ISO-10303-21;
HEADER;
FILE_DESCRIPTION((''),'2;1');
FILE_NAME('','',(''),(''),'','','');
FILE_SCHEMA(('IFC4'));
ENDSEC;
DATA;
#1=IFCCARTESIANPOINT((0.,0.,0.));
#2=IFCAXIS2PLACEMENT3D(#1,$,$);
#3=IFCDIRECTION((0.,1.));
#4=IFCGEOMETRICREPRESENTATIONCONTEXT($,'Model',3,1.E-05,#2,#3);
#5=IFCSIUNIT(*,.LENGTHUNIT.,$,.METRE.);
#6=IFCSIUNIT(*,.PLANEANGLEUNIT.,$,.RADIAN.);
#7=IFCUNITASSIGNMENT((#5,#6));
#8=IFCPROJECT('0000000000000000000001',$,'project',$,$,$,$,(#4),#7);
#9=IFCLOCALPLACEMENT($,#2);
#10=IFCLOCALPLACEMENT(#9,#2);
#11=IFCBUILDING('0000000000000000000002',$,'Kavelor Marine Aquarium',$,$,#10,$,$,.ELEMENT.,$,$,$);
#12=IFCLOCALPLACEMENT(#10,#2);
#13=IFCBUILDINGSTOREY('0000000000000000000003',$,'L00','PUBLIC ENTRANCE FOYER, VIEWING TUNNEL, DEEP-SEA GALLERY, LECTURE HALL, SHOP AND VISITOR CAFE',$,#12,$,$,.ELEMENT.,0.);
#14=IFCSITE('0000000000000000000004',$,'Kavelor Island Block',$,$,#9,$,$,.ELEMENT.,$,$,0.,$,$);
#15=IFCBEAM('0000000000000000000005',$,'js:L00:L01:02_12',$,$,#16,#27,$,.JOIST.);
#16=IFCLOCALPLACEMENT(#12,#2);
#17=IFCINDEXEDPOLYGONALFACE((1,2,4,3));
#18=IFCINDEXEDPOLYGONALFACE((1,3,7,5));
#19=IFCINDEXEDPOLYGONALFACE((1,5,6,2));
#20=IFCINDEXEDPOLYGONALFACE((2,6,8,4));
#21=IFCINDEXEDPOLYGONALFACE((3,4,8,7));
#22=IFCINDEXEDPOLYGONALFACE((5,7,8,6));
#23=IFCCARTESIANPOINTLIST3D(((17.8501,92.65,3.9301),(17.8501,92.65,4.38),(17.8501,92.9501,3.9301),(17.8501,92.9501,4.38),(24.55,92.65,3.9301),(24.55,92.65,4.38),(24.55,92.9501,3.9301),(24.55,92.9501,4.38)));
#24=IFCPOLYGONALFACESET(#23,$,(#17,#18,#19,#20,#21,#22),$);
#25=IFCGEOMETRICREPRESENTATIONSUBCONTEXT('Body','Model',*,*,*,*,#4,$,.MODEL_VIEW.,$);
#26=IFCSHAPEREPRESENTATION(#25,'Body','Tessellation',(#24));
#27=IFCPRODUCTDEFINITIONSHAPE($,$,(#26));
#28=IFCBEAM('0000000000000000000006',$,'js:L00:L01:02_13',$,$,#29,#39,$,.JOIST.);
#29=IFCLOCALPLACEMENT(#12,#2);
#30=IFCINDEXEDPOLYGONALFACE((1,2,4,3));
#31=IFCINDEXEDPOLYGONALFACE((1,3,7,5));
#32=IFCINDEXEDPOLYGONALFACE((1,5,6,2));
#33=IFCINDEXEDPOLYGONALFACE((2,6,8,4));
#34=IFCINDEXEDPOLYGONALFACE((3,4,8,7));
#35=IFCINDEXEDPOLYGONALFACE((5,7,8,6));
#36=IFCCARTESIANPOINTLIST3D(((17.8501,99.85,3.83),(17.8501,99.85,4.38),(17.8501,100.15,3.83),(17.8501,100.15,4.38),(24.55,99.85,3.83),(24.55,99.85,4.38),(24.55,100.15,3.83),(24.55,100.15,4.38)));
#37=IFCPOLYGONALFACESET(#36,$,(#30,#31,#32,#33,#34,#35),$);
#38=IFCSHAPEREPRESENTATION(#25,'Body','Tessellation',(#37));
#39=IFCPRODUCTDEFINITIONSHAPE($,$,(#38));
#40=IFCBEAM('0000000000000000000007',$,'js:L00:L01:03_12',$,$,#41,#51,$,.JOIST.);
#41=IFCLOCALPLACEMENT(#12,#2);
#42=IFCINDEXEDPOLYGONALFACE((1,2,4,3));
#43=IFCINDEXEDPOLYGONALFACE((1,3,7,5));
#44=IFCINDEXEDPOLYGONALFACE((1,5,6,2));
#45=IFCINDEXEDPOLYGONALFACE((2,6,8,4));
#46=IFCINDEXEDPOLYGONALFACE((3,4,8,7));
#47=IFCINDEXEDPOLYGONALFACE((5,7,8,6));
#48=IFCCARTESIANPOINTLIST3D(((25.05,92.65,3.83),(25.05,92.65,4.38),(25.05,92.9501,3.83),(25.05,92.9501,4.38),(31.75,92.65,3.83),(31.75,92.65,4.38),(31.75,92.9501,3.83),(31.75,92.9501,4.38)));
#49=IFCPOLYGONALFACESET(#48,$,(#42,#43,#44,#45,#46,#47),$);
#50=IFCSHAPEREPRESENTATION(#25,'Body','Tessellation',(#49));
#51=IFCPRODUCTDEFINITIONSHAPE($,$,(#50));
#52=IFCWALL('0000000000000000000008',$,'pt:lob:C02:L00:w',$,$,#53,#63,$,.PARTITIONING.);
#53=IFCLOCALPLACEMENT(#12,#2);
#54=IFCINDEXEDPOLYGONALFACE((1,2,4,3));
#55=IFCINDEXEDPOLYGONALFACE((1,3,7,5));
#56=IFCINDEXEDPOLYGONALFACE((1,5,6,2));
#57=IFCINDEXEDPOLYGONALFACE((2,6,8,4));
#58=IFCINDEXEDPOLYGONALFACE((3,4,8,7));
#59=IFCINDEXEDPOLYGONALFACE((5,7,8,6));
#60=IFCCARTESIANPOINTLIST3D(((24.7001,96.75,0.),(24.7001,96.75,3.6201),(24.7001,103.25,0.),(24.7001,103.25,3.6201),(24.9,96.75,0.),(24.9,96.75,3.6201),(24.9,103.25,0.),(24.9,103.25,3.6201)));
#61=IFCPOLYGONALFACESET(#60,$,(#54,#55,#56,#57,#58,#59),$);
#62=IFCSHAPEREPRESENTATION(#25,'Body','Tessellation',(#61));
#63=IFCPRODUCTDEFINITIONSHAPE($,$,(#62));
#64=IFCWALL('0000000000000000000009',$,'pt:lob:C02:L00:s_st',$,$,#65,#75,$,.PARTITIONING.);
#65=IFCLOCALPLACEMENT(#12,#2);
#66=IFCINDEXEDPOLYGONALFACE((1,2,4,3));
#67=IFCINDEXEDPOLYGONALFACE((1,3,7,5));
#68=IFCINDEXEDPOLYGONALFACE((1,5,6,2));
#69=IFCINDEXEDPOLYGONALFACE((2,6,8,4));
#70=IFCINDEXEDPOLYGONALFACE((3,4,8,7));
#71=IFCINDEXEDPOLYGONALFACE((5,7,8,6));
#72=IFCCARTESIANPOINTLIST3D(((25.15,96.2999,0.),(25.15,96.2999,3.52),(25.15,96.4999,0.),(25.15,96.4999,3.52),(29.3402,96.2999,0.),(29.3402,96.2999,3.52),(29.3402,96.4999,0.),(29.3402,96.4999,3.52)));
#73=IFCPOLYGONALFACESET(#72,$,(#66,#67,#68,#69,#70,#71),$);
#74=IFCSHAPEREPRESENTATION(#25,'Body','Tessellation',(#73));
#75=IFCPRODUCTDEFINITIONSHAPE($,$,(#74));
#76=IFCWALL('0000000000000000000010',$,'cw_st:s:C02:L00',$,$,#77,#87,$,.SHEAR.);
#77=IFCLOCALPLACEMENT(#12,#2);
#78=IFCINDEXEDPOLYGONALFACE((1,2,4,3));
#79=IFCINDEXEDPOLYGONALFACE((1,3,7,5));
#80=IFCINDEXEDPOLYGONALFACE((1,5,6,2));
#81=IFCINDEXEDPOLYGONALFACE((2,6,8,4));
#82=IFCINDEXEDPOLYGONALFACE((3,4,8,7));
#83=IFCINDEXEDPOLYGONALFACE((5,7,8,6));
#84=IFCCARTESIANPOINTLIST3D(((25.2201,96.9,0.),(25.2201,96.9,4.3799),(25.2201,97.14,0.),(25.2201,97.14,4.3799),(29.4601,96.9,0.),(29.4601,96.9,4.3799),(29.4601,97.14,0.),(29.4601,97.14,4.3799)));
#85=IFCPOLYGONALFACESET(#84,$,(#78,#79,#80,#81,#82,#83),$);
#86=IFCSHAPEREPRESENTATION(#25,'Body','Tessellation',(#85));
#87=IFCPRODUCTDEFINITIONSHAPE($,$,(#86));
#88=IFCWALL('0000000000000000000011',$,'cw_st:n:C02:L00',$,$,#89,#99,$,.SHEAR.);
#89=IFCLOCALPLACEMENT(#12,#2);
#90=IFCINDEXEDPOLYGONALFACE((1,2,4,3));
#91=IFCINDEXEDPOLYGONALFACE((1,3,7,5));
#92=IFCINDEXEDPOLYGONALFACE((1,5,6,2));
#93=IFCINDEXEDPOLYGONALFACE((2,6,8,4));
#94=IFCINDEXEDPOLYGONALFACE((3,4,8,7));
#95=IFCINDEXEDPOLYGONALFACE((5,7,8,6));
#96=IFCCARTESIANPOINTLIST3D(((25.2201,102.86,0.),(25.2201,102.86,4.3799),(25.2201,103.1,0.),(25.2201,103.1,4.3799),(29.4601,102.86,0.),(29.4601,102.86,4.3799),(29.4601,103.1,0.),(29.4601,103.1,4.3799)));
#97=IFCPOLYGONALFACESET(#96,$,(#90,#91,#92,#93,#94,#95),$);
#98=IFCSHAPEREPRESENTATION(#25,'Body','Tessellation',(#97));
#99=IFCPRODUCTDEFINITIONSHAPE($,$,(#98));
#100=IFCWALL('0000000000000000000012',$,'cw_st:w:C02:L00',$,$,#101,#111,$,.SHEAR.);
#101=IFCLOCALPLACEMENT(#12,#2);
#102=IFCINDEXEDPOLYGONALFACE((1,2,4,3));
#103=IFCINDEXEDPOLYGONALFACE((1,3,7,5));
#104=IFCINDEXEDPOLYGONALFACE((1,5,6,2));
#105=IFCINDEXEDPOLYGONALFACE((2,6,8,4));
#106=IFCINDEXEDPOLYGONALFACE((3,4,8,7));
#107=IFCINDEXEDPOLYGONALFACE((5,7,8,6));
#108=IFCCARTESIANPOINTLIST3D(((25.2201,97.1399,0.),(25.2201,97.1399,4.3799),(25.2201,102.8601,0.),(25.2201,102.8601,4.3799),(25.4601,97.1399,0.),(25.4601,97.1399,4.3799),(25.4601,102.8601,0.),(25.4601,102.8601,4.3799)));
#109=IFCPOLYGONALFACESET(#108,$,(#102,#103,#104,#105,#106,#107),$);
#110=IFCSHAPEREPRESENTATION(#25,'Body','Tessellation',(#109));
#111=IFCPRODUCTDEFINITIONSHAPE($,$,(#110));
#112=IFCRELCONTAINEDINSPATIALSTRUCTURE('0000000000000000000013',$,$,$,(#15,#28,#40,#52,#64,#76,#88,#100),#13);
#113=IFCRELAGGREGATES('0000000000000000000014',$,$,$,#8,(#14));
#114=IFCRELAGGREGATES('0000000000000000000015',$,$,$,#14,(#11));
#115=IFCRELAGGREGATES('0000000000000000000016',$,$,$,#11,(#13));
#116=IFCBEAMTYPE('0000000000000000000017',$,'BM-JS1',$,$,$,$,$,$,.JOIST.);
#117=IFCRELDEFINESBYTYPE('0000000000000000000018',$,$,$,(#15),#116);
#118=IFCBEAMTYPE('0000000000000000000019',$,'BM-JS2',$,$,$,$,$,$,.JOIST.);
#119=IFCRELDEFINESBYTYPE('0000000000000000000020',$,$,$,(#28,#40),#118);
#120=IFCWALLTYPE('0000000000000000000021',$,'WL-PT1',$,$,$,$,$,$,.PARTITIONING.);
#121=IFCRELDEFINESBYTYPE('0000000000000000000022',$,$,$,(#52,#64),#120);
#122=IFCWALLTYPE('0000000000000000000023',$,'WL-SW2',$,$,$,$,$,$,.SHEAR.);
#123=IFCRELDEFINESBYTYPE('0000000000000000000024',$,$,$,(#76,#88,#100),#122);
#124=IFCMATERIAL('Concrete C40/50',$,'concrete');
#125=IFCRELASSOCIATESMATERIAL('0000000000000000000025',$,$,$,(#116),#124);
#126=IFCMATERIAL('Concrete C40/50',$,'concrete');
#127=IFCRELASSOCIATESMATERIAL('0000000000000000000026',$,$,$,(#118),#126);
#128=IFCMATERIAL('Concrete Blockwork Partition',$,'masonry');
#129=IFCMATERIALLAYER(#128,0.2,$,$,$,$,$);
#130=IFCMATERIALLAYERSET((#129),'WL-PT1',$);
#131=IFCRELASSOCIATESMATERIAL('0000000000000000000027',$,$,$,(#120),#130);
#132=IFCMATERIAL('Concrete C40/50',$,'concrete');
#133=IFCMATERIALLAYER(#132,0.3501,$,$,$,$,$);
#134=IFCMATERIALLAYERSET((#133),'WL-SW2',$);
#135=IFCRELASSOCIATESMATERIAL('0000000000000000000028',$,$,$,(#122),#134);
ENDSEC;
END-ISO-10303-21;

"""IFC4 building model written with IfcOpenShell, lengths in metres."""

from ifc_helpers import new_model, si_unit, direction, frame, frame_2d, origin, origin_2d, place, context, subcontext, project, spatial, rectangle, extrude, material, layer, layer_set, material_profile, profile_set, type_object, element, save


model = new_model("IFC4")

# Units and contexts
model_context = context("Model", 3, precision=1e-05, world=origin(), true_north=direction((0.0, 1.0)))
body_context = subcontext(model_context, "Body", "Model", "MODEL_VIEW")
ifc_project = project(units=[si_unit("LENGTHUNIT", "METRE"), si_unit("PLANEANGLEUNIT", "RADIAN")], contexts=[model_context])

# Site, building, storey
site_placement = place(None, origin())
site = spatial("IfcSite", under=ifc_project, at=site_placement, Name="Kavelor Island Block", CompositionType="ELEMENT", RefElevation=0.0)
building_placement = place(site_placement, origin())
building = spatial("IfcBuilding", under=site, at=building_placement, Name="Kavelor Marine Aquarium", CompositionType="ELEMENT")
storey_placement = place(building_placement, origin())
storey = spatial("IfcBuildingStorey", under=building, at=storey_placement, Name="L00", Description="PUBLIC ENTRANCE FOYER, VIEWING TUNNEL, DEEP-SEA GALLERY, LECTURE HALL, SHOP AND VISITOR CAFE", CompositionType="ELEMENT", Elevation=0.0)

# Beams
ifc_material_1 = material(Name="Concrete C40/50", Category="concrete")
ifc_material_profile_1 = material_profile(ifc_material_1, rectangle(XDim=0.3, YDim=0.45, at=origin_2d()), Name="RC-JS 300x450")
ifc_profile_set_1 = profile_set([ifc_material_profile_1], Name="Concrete C40/50")
beam_type_1 = type_object("IfcBeamType", Name="BM-JS1", PredefinedType="JOIST", material=ifc_profile_set_1)
beam_1_placement = place(storey_placement, frame((17.8501, 92.8, 4.155), z_axis=(1.0, 0.0, 0.0), x_axis=(0.0, 1.0, 0.0)))
element("IfcBeam", 1, at=beam_1_placement, inside=storey, type_object=beam_type_1, Name="js:L00:L01:02_12", PredefinedType="JOIST", context=body_context, shape_type="SweptSolid", body=[
    extrude(rectangle(XDim=0.3, YDim=0.45, at=origin_2d()), origin(), (0.0, 0.0, 1.0), 6.7),
])
ifc_material_2 = material(Name="Concrete C40/50", Category="concrete")
ifc_material_profile_2 = material_profile(ifc_material_2, rectangle(XDim=0.3, YDim=0.55, at=origin_2d()), Name="RC-JS 300x550")
ifc_profile_set_2 = profile_set([ifc_material_profile_2], Name="Concrete C40/50")
beam_type_2 = type_object("IfcBeamType", Name="BM-JS2", PredefinedType="JOIST", material=ifc_profile_set_2)
for number, where, z_axis, x_axis, name in (
    (2, (17.8501, 100.0, 4.105), (1.0, 0.0, 0.0), (0.0, 1.0, 0.0), "js:L00:L01:02_13"),
    (3, (25.05, 92.8, 4.105), (1.0, 0.0, 0.0), (0.0, 1.0, 0.0), "js:L00:L01:03_12"),
):
    element("IfcBeam", number, at=place(storey_placement, frame(where, z_axis=z_axis, x_axis=x_axis)), inside=storey, type_object=beam_type_2, Name=name, PredefinedType="JOIST", context=body_context, shape_type="SweptSolid", body=[
        extrude(rectangle(XDim=0.3, YDim=0.55, at=origin_2d()), origin(), (0.0, 0.0, 1.0), 6.7),
    ])

# Walls
ifc_material_3 = material(Name="Concrete Blockwork Partition", Category="masonry")
ifc_layer_1 = layer(ifc_material_3, 0.2)
ifc_layer_set_1 = layer_set([ifc_layer_1], Name="WL-PT1")
wall_type_1 = type_object("IfcWallType", Name="WL-PT1", PredefinedType="PARTITIONING", material=ifc_layer_set_1)
wall_1_placement = place(storey_placement, frame((24.8, 96.75, 0.0), z_axis=(0.0, 0.0, 1.0), x_axis=(0.0, 1.0, 0.0)))
element("IfcWall", 4, at=wall_1_placement, inside=storey, type_object=wall_type_1, Name="pt:lob:C02:L00:w", PredefinedType="PARTITIONING", context=body_context, shape_type="SweptSolid", body=[
    extrude(rectangle(XDim=6.5, YDim=0.2, at=frame_2d((3.25, 0.0))), origin(), (0.0, 0.0, 1.0), 3.6201),
])
wall_2_placement = place(storey_placement, frame((25.1499, 96.3999, 0.0), z_axis=(0.0, 0.0, 1.0), x_axis=(1.0, 0.0, 0.0)))
element("IfcWall", 5, at=wall_2_placement, inside=storey, type_object=wall_type_1, Name="pt:lob:C02:L00:s_st", PredefinedType="PARTITIONING", context=body_context, shape_type="SweptSolid", body=[
    extrude(rectangle(XDim=4.1902, YDim=0.2, at=frame_2d((2.0952, 0.0))), origin(), (0.0, 0.0, 1.0), 3.52),
])
ifc_material_4 = material(Name="Concrete C40/50", Category="concrete")
ifc_layer_2 = layer(ifc_material_4, 0.3501)
ifc_layer_set_2 = layer_set([ifc_layer_2], Name="WL-SW2")
wall_type_2 = type_object("IfcWallType", Name="WL-SW2", PredefinedType="SHEAR", material=ifc_layer_set_2)
for number, where, z_axis, x_axis, name in (
    (6, (25.22, 97.02, 0.0), (0.0, 0.0, 1.0), (1.0, 0.0, 0.0), "cw_st:s:C02:L00"),
    (7, (25.22, 102.98, 0.0), (0.0, 0.0, 1.0), (1.0, 0.0, 0.0), "cw_st:n:C02:L00"),
):
    element("IfcWall", number, at=place(storey_placement, frame(where, z_axis=z_axis, x_axis=x_axis)), inside=storey, type_object=wall_type_2, Name=name, PredefinedType="SHEAR", context=body_context, shape_type="SweptSolid", body=[
        extrude(rectangle(XDim=4.24, YDim=0.24, at=frame_2d((2.1201, 0.0))), origin(), (0.0, 0.0, 1.0), 4.3799),
    ])
wall_3_placement = place(storey_placement, frame((25.3401, 97.1399, 0.0), z_axis=(0.0, 0.0, 1.0), x_axis=(0.0, 1.0, 0.0)))
element("IfcWall", 8, at=wall_3_placement, inside=storey, type_object=wall_type_2, Name="cw_st:w:C02:L00", PredefinedType="SHEAR", context=body_context, shape_type="SweptSolid", body=[
    extrude(rectangle(XDim=5.7202, YDim=0.24, at=frame_2d((2.8601, 0.0))), origin(), (0.0, 0.0, 1.0), 4.3799),
])

save(model, "model.ifc")
